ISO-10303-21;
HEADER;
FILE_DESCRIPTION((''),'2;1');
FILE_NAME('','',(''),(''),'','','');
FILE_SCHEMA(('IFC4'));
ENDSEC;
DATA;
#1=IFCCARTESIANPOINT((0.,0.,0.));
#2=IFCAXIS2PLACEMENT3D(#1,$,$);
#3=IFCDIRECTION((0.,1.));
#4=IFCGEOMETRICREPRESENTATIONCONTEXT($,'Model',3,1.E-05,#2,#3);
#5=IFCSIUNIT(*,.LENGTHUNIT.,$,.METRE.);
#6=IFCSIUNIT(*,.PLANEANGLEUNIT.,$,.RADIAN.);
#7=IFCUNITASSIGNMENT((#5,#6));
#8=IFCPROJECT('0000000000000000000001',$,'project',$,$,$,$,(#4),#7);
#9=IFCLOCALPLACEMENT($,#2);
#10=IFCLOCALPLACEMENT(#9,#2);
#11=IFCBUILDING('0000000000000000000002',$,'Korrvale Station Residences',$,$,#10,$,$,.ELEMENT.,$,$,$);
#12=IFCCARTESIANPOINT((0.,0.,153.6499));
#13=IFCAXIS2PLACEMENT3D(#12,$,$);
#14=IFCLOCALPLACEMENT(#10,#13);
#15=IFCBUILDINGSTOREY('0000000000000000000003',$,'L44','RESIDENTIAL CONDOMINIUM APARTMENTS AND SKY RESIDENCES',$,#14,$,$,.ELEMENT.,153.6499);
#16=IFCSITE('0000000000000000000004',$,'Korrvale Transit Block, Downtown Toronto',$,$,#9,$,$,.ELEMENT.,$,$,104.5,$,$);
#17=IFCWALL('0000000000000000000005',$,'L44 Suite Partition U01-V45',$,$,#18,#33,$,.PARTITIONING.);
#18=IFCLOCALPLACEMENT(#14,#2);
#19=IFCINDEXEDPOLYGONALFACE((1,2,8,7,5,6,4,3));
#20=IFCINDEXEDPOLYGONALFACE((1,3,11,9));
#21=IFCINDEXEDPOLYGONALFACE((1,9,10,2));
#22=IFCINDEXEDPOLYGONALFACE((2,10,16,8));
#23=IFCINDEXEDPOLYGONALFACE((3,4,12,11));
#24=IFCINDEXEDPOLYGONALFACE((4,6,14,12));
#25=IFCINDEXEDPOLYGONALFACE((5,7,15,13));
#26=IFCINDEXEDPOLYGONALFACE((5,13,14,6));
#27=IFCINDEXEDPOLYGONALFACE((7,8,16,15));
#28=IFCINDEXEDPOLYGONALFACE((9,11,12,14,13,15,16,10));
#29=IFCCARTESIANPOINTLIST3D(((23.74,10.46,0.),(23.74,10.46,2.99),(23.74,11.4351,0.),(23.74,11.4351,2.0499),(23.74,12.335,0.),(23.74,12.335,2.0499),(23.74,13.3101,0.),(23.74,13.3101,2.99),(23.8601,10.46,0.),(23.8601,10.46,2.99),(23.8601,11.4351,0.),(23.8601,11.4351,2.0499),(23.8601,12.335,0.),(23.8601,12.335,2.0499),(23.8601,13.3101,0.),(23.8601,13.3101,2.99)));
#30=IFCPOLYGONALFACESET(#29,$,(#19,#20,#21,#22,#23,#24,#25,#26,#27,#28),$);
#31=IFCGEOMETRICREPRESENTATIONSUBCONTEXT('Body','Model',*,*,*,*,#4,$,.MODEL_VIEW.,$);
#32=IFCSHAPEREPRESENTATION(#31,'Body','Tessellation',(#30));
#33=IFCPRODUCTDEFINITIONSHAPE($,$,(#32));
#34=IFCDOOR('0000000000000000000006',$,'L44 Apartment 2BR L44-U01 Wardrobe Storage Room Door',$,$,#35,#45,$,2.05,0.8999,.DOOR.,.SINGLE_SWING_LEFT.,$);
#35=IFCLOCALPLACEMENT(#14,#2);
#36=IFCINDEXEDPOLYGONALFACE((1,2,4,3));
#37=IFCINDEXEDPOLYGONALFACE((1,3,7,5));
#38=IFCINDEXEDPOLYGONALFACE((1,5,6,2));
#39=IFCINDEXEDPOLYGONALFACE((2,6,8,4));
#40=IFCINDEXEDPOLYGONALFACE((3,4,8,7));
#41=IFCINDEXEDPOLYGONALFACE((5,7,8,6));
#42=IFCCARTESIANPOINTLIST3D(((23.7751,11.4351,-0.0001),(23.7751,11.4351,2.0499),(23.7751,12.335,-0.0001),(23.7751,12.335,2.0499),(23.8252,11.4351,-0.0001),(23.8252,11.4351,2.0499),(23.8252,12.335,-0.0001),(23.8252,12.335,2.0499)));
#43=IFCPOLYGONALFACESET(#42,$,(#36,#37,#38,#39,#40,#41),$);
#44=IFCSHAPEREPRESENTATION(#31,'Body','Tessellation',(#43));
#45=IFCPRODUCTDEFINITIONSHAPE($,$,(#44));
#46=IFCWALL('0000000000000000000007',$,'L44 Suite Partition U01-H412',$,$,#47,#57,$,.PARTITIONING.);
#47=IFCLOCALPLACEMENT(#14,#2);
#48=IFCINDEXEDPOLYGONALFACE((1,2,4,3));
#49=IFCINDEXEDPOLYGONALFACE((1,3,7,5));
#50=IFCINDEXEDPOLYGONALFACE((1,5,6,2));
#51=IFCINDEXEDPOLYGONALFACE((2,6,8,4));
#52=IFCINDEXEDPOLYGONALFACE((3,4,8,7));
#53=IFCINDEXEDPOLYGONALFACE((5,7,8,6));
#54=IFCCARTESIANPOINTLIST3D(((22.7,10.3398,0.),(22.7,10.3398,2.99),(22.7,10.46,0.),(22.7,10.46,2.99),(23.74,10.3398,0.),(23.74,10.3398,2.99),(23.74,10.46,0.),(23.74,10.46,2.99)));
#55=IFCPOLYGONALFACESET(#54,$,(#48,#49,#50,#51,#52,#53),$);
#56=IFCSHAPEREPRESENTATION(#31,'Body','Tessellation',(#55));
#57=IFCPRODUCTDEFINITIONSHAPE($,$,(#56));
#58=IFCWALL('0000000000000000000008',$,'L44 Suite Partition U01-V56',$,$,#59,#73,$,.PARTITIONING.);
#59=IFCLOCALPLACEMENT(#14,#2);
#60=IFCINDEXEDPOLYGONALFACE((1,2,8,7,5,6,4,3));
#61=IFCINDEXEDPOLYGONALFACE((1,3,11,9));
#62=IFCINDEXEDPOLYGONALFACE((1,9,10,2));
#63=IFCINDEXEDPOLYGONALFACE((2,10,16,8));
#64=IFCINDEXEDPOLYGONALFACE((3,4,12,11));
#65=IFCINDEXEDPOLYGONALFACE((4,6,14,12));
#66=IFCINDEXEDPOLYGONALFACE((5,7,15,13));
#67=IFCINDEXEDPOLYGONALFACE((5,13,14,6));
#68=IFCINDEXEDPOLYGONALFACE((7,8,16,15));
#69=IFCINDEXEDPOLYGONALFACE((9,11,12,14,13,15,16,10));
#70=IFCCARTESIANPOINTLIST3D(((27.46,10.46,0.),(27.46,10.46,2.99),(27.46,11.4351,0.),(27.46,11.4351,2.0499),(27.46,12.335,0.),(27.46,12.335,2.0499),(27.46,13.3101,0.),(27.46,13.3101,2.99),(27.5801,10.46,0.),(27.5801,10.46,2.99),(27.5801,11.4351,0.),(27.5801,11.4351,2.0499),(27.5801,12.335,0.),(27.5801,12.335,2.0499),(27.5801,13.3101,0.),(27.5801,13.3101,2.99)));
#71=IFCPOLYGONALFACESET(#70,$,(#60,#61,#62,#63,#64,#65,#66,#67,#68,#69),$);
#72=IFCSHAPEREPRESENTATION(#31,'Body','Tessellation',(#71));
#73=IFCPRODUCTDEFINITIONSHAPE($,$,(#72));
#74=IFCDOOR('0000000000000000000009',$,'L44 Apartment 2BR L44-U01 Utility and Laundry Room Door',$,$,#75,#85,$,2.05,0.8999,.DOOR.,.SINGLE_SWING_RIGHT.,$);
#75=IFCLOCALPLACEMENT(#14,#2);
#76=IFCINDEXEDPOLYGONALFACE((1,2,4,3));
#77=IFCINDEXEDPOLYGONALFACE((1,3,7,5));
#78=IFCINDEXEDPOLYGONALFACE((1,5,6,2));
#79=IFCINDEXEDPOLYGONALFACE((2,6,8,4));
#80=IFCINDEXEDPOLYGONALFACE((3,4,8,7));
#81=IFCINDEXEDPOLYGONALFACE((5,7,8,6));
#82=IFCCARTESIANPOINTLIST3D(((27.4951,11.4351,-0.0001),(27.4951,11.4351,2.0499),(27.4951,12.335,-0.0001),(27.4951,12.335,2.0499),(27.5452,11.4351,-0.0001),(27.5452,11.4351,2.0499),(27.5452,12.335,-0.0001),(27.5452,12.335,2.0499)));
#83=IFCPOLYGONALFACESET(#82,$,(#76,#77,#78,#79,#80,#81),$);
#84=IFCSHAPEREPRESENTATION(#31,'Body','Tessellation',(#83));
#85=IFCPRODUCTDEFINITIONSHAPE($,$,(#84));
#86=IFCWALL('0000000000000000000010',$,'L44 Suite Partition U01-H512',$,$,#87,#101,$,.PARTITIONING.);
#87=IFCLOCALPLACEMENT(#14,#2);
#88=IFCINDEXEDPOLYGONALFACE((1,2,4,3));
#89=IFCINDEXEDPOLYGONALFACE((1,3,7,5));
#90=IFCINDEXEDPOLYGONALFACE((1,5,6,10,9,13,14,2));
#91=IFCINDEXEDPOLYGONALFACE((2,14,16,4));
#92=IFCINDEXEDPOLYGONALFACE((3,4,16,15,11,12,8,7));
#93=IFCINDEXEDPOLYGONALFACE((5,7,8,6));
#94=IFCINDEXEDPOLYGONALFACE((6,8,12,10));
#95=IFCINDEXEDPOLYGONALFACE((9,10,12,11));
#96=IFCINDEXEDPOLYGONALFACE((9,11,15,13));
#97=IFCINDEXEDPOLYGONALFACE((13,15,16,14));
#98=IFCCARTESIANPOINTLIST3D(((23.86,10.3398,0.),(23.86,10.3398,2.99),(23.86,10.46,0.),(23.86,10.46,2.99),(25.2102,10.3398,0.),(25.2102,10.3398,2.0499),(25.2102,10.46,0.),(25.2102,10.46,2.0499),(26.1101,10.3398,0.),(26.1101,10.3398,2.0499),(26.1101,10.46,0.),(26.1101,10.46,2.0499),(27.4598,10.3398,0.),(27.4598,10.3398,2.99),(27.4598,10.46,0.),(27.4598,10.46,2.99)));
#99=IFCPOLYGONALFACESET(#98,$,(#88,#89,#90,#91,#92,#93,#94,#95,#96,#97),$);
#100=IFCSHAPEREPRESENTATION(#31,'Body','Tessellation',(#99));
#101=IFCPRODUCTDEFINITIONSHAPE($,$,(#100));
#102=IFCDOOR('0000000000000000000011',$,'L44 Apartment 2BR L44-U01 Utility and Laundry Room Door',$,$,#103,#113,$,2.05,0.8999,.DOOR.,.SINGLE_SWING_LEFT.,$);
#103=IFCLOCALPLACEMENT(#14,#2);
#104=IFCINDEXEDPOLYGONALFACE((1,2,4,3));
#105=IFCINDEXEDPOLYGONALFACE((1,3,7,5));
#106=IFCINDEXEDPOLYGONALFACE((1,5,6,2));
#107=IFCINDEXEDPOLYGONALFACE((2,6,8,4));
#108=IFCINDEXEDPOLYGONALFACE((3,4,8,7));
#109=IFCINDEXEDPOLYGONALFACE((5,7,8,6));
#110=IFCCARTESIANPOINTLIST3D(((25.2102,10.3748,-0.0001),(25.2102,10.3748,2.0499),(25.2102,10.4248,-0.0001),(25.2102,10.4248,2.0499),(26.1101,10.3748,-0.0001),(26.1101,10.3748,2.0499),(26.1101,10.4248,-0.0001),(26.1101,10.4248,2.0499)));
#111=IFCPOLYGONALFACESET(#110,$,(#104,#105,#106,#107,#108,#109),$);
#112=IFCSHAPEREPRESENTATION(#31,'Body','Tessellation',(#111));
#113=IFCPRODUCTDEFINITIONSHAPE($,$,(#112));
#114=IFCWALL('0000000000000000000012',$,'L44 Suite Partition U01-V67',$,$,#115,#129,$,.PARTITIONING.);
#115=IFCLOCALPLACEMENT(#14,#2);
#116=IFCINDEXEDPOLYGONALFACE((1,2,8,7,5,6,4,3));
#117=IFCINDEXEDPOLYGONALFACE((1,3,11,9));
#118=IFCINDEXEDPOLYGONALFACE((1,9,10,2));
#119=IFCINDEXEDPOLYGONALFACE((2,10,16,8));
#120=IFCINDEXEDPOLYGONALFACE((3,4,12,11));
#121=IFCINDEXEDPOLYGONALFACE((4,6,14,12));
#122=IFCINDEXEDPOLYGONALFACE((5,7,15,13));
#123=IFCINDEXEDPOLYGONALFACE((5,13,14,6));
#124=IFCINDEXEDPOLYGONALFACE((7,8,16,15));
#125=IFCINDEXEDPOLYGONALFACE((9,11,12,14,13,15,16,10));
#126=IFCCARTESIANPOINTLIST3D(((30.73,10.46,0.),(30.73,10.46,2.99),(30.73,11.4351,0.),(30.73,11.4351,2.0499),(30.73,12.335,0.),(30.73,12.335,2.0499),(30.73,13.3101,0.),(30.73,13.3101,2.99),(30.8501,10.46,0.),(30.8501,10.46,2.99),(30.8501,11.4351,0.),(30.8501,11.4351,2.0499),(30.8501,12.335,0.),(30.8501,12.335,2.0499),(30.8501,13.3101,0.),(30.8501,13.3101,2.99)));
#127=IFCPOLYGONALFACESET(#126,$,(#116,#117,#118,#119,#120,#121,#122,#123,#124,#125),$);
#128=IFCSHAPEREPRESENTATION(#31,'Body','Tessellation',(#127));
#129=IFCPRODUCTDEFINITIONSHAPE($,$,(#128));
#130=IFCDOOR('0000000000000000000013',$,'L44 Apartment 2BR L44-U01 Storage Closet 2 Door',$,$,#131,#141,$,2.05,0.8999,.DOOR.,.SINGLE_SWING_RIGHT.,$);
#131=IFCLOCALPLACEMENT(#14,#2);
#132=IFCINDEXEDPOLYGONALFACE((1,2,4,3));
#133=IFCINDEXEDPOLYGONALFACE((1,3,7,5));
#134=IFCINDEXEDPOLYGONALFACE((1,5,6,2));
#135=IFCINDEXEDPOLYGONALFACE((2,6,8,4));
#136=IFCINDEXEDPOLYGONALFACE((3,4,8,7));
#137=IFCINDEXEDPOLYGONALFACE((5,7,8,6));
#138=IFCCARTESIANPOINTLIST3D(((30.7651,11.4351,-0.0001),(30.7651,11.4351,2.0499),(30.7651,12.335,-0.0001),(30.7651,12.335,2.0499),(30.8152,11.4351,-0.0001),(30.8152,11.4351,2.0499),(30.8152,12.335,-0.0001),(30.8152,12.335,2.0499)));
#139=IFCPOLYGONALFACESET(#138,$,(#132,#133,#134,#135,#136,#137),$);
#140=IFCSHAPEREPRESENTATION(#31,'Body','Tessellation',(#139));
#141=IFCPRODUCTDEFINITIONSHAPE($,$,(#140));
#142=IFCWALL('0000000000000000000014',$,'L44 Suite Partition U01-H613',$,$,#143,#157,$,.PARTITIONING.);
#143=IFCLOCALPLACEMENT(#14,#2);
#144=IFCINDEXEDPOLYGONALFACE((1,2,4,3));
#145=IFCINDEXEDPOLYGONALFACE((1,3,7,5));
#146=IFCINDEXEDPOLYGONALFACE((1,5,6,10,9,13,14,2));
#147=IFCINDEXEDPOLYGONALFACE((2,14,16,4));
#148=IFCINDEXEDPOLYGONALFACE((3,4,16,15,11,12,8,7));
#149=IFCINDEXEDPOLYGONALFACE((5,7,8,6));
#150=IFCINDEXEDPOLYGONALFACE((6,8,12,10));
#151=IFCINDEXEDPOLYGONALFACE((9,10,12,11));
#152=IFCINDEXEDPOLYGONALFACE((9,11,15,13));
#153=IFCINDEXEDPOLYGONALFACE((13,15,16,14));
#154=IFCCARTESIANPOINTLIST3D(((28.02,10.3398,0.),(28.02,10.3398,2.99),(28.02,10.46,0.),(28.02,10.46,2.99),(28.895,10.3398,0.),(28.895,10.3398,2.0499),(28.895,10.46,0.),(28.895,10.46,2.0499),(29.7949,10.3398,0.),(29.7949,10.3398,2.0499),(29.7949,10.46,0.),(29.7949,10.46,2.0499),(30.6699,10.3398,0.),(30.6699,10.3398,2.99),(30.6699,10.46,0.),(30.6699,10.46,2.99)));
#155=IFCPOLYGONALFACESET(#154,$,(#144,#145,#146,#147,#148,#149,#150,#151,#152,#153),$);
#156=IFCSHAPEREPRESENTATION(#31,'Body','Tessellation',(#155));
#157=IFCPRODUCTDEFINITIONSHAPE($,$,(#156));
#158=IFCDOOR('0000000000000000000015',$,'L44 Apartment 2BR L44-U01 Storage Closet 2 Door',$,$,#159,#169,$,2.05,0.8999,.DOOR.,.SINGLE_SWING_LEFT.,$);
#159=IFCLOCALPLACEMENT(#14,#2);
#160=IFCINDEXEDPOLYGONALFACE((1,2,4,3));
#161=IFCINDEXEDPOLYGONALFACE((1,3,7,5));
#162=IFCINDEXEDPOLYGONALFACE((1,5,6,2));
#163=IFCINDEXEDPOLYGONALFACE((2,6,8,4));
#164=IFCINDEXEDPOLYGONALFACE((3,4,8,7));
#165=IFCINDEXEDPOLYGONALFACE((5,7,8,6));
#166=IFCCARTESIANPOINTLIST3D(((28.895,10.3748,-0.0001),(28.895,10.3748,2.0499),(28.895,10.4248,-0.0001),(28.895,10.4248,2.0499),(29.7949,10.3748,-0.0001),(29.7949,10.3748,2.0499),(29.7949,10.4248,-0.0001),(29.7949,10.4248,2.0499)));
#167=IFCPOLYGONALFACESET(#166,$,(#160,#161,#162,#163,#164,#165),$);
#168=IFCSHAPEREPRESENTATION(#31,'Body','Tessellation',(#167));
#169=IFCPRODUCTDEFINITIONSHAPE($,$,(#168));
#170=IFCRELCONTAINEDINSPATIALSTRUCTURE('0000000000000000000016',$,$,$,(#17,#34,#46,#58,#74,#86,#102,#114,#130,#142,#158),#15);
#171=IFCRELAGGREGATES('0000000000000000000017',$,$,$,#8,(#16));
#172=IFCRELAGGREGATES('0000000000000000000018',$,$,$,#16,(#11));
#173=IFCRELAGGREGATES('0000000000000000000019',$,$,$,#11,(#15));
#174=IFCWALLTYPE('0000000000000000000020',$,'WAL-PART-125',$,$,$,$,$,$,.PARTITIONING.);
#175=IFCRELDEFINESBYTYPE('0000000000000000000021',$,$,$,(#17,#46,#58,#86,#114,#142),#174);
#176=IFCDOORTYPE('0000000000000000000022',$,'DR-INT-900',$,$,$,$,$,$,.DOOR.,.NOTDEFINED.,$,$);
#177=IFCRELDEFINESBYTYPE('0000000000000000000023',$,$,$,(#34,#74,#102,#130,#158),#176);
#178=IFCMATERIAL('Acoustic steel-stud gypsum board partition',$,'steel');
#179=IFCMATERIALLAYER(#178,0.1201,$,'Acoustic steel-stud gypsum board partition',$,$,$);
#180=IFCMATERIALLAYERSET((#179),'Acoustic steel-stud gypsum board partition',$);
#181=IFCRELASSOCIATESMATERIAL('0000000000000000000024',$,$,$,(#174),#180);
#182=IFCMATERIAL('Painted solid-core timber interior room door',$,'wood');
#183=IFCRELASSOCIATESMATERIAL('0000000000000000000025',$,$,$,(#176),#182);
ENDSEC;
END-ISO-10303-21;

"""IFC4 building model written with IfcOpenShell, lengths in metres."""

from ifc_helpers import new_model, si_unit, direction, frame, frame_2d, origin, place, context, subcontext, project, spatial, rectangle, extrude, material, layer, layer_set, type_object, element, fill, save


model = new_model("IFC4")

# Units and contexts
model_context = context("Model", 3, precision=1e-05, world=origin(), true_north=direction((0.0, 1.0)))
body_context = subcontext(model_context, "Body", "Model", "MODEL_VIEW")
ifc_project = project(units=[si_unit("LENGTHUNIT", "METRE"), si_unit("PLANEANGLEUNIT", "RADIAN")], contexts=[model_context])

# Site, building, storey
site_placement = place(None, origin())
site = spatial("IfcSite", under=ifc_project, at=site_placement, Name="Korrvale Transit Block, Downtown Toronto", CompositionType="ELEMENT", RefElevation=104.5)
building_placement = place(site_placement, origin())
building = spatial("IfcBuilding", under=site, at=building_placement, Name="Korrvale Station Residences", CompositionType="ELEMENT")
storey_placement = place(building_placement, frame((0.0, 0.0, 153.6499)))
storey = spatial("IfcBuildingStorey", under=building, at=storey_placement, Name="L44", Description="RESIDENTIAL CONDOMINIUM APARTMENTS AND SKY RESIDENCES", CompositionType="ELEMENT", Elevation=153.6499)

# Wall, opening, door
ifc_material_1 = material(Name="Acoustic steel-stud gypsum board partition", Category="steel")
ifc_layer_1 = layer(ifc_material_1, 0.1201, Name="Acoustic steel-stud gypsum board partition")
ifc_layer_set_1 = layer_set([ifc_layer_1], Name="Acoustic steel-stud gypsum board partition")
wall_type = type_object("IfcWallType", Name="WAL-PART-125", PredefinedType="PARTITIONING", material=ifc_layer_set_1)
wall_1_placement = place(storey_placement, frame((23.8, 10.46, 0.0), z_axis=(0.0, 0.0, 1.0), x_axis=(0.0, 1.0, 0.0)))
wall_1 = element("IfcWall", 1, at=wall_1_placement, inside=storey, type_object=wall_type, Name="L44 Suite Partition U01-V45", PredefinedType="PARTITIONING", context=body_context, shape_type="SweptSolid", body=[
    extrude(rectangle(XDim=2.8501, YDim=0.1201, at=frame_2d((1.425, 0.0))), origin(), (0.0, 0.0, 1.0), 2.99),
])
opening_1_placement = place(wall_1_placement, frame((0.9751, 0.0, 0.0)))
opening_1 = element("IfcOpeningElement", 2, at=opening_1_placement, cuts=wall_1, PredefinedType="OPENING", context=body_context, shape_type="SweptSolid", body=[
    extrude(rectangle(XDim=0.8999, YDim=2.05, at=frame_2d((0.45, 1.0249))), frame((0.0, 0.0701, 0.0), z_axis=(0.0, -1.0, 0.0), x_axis=(1.0, 0.0, 0.0)), (0.0, 0.0, 1.0), 0.1401),
])
ifc_material_2 = material(Name="Painted solid-core timber interior room door", Category="wood")
door_type = type_object("IfcDoorType", Name="DR-INT-900", OperationType="NOTDEFINED", PredefinedType="DOOR", material=ifc_material_2)
door_1_placement = place(opening_1_placement, origin())
door_1 = element("IfcDoor", 3, at=door_1_placement, inside=storey, type_object=door_type, Name="L44 Apartment 2BR L44-U01 Wardrobe Storage Room Door", OperationType="SINGLE_SWING_LEFT", OverallHeight=2.05, OverallWidth=0.8999, PredefinedType="DOOR", context=body_context, shape_type="SweptSolid", body=[
    extrude(rectangle(XDim=0.8999, YDim=2.05, at=frame_2d((0.45, 1.0249))), frame((0.0, 0.0249, 0.0), z_axis=(0.0, -1.0, 0.0), x_axis=(1.0, 0.0, 0.0)), (0.0, 0.0, 1.0), 0.05),
])
fill(opening_1, door_1)

# Wall
wall_2_placement = place(storey_placement, frame((22.7, 10.3999, 0.0), z_axis=(0.0, 0.0, 1.0), x_axis=(1.0, 0.0, 0.0)))
element("IfcWall", 4, at=wall_2_placement, inside=storey, type_object=wall_type, Name="L44 Suite Partition U01-H412", PredefinedType="PARTITIONING", context=body_context, shape_type="SweptSolid", body=[
    extrude(rectangle(XDim=1.04, YDim=0.1201, at=frame_2d((0.52, 0.0))), origin(), (0.0, 0.0, 1.0), 2.99),
])

# Walls, openings, doors
wall_3_placement = place(storey_placement, frame((27.52, 10.46, 0.0), z_axis=(0.0, 0.0, 1.0), x_axis=(0.0, 1.0, 0.0)))
wall_3 = element("IfcWall", 5, at=wall_3_placement, inside=storey, type_object=wall_type, Name="L44 Suite Partition U01-V56", PredefinedType="PARTITIONING", context=body_context, shape_type="SweptSolid", body=[
    extrude(rectangle(XDim=2.8501, YDim=0.1201, at=frame_2d((1.425, 0.0))), origin(), (0.0, 0.0, 1.0), 2.99),
])
opening_2_placement = place(wall_3_placement, frame((0.9751, 0.0, 0.0)))
opening_2 = element("IfcOpeningElement", 6, at=opening_2_placement, cuts=wall_3, PredefinedType="OPENING", context=body_context, shape_type="SweptSolid", body=[
    extrude(rectangle(XDim=0.8999, YDim=2.05, at=frame_2d((0.45, 1.0249))), frame((0.0, 0.0701, 0.0), z_axis=(0.0, -1.0, 0.0), x_axis=(1.0, 0.0, 0.0)), (0.0, 0.0, 1.0), 0.1401),
])
door_2_placement = place(opening_2_placement, origin())
door_2 = element("IfcDoor", 7, at=door_2_placement, inside=storey, type_object=door_type, Name="L44 Apartment 2BR L44-U01 Utility and Laundry Room Door", OperationType="SINGLE_SWING_RIGHT", OverallHeight=2.05, OverallWidth=0.8999, PredefinedType="DOOR", context=body_context, shape_type="SweptSolid", body=[
    extrude(rectangle(XDim=0.8999, YDim=2.05, at=frame_2d((0.45, 1.0249))), frame((0.0, 0.0249, 0.0), z_axis=(0.0, -1.0, 0.0), x_axis=(1.0, 0.0, 0.0)), (0.0, 0.0, 1.0), 0.05),
])
fill(opening_2, door_2)
wall_4_placement = place(storey_placement, frame((23.8601, 10.3999, 0.0), z_axis=(0.0, 0.0, 1.0), x_axis=(1.0, 0.0, 0.0)))
wall_4 = element("IfcWall", 8, at=wall_4_placement, inside=storey, type_object=wall_type, Name="L44 Suite Partition U01-H512", PredefinedType="PARTITIONING", context=body_context, shape_type="SweptSolid", body=[
    extrude(rectangle(XDim=3.5999, YDim=0.1201, at=frame_2d((1.7998, 0.0))), origin(), (0.0, 0.0, 1.0), 2.99),
])
opening_3_placement = place(wall_4_placement, frame((1.3501, 0.0, 0.0)))
opening_3 = element("IfcOpeningElement", 9, at=opening_3_placement, cuts=wall_4, PredefinedType="OPENING", context=body_context, shape_type="SweptSolid", body=[
    extrude(rectangle(XDim=0.8999, YDim=2.05, at=frame_2d((0.45, 1.0249))), frame((0.0, 0.0701, 0.0), z_axis=(0.0, -1.0, 0.0), x_axis=(1.0, 0.0, 0.0)), (0.0, 0.0, 1.0), 0.1401),
])
door_3_placement = place(opening_3_placement, origin())
door_3 = element("IfcDoor", 10, at=door_3_placement, inside=storey, type_object=door_type, Name="L44 Apartment 2BR L44-U01 Utility and Laundry Room Door", OperationType="SINGLE_SWING_LEFT", OverallHeight=2.05, OverallWidth=0.8999, PredefinedType="DOOR", context=body_context, shape_type="SweptSolid", body=[
    extrude(rectangle(XDim=0.8999, YDim=2.05, at=frame_2d((0.45, 1.0249))), frame((0.0, 0.0249, 0.0), z_axis=(0.0, -1.0, 0.0), x_axis=(1.0, 0.0, 0.0)), (0.0, 0.0, 1.0), 0.05),
])
fill(opening_3, door_3)
wall_5_placement = place(storey_placement, frame((30.79, 10.46, 0.0), z_axis=(0.0, 0.0, 1.0), x_axis=(0.0, 1.0, 0.0)))
wall_5 = element("IfcWall", 11, at=wall_5_placement, inside=storey, type_object=wall_type, Name="L44 Suite Partition U01-V67", PredefinedType="PARTITIONING", context=body_context, shape_type="SweptSolid", body=[
    extrude(rectangle(XDim=2.8501, YDim=0.1201, at=frame_2d((1.425, 0.0))), origin(), (0.0, 0.0, 1.0), 2.99),
])
opening_4_placement = place(wall_5_placement, frame((0.9751, 0.0, 0.0)))
opening_4 = element("IfcOpeningElement", 12, at=opening_4_placement, cuts=wall_5, PredefinedType="OPENING", context=body_context, shape_type="SweptSolid", body=[
    extrude(rectangle(XDim=0.8999, YDim=2.05, at=frame_2d((0.45, 1.0249))), frame((0.0, 0.0701, 0.0), z_axis=(0.0, -1.0, 0.0), x_axis=(1.0, 0.0, 0.0)), (0.0, 0.0, 1.0), 0.1401),
])
door_4_placement = place(opening_4_placement, origin())
door_4 = element("IfcDoor", 13, at=door_4_placement, inside=storey, type_object=door_type, Name="L44 Apartment 2BR L44-U01 Storage Closet 2 Door", OperationType="SINGLE_SWING_RIGHT", OverallHeight=2.05, OverallWidth=0.8999, PredefinedType="DOOR", context=body_context, shape_type="SweptSolid", body=[
    extrude(rectangle(XDim=0.8999, YDim=2.05, at=frame_2d((0.45, 1.0249))), frame((0.0, 0.0249, 0.0), z_axis=(0.0, -1.0, 0.0), x_axis=(1.0, 0.0, 0.0)), (0.0, 0.0, 1.0), 0.05),
])
fill(opening_4, door_4)
wall_6_placement = place(storey_placement, frame((28.02, 10.3999, 0.0), z_axis=(0.0, 0.0, 1.0), x_axis=(1.0, 0.0, 0.0)))
wall_6 = element("IfcWall", 14, at=wall_6_placement, inside=storey, type_object=wall_type, Name="L44 Suite Partition U01-H613", PredefinedType="PARTITIONING", context=body_context, shape_type="SweptSolid", body=[
    extrude(rectangle(XDim=2.6499, YDim=0.1201, at=frame_2d((1.325, 0.0))), origin(), (0.0, 0.0, 1.0), 2.99),
])
opening_5_placement = place(wall_6_placement, frame((0.875, 0.0, 0.0)))
opening_5 = element("IfcOpeningElement", 15, at=opening_5_placement, cuts=wall_6, PredefinedType="OPENING", context=body_context, shape_type="SweptSolid", body=[
    extrude(rectangle(XDim=0.8999, YDim=2.05, at=frame_2d((0.45, 1.0249))), frame((0.0, 0.0701, 0.0), z_axis=(0.0, -1.0, 0.0), x_axis=(1.0, 0.0, 0.0)), (0.0, 0.0, 1.0), 0.1401),
])
door_5_placement = place(opening_5_placement, origin())
door_5 = element("IfcDoor", 16, at=door_5_placement, inside=storey, type_object=door_type, Name="L44 Apartment 2BR L44-U01 Storage Closet 2 Door", OperationType="SINGLE_SWING_LEFT", OverallHeight=2.05, OverallWidth=0.8999, PredefinedType="DOOR", context=body_context, shape_type="SweptSolid", body=[
    extrude(rectangle(XDim=0.8999, YDim=2.05, at=frame_2d((0.45, 1.0249))), frame((0.0, 0.0249, 0.0), z_axis=(0.0, -1.0, 0.0), x_axis=(1.0, 0.0, 0.0)), (0.0, 0.0, 1.0), 0.05),
])
fill(opening_5, door_5)

save(model, "model.ifc")
